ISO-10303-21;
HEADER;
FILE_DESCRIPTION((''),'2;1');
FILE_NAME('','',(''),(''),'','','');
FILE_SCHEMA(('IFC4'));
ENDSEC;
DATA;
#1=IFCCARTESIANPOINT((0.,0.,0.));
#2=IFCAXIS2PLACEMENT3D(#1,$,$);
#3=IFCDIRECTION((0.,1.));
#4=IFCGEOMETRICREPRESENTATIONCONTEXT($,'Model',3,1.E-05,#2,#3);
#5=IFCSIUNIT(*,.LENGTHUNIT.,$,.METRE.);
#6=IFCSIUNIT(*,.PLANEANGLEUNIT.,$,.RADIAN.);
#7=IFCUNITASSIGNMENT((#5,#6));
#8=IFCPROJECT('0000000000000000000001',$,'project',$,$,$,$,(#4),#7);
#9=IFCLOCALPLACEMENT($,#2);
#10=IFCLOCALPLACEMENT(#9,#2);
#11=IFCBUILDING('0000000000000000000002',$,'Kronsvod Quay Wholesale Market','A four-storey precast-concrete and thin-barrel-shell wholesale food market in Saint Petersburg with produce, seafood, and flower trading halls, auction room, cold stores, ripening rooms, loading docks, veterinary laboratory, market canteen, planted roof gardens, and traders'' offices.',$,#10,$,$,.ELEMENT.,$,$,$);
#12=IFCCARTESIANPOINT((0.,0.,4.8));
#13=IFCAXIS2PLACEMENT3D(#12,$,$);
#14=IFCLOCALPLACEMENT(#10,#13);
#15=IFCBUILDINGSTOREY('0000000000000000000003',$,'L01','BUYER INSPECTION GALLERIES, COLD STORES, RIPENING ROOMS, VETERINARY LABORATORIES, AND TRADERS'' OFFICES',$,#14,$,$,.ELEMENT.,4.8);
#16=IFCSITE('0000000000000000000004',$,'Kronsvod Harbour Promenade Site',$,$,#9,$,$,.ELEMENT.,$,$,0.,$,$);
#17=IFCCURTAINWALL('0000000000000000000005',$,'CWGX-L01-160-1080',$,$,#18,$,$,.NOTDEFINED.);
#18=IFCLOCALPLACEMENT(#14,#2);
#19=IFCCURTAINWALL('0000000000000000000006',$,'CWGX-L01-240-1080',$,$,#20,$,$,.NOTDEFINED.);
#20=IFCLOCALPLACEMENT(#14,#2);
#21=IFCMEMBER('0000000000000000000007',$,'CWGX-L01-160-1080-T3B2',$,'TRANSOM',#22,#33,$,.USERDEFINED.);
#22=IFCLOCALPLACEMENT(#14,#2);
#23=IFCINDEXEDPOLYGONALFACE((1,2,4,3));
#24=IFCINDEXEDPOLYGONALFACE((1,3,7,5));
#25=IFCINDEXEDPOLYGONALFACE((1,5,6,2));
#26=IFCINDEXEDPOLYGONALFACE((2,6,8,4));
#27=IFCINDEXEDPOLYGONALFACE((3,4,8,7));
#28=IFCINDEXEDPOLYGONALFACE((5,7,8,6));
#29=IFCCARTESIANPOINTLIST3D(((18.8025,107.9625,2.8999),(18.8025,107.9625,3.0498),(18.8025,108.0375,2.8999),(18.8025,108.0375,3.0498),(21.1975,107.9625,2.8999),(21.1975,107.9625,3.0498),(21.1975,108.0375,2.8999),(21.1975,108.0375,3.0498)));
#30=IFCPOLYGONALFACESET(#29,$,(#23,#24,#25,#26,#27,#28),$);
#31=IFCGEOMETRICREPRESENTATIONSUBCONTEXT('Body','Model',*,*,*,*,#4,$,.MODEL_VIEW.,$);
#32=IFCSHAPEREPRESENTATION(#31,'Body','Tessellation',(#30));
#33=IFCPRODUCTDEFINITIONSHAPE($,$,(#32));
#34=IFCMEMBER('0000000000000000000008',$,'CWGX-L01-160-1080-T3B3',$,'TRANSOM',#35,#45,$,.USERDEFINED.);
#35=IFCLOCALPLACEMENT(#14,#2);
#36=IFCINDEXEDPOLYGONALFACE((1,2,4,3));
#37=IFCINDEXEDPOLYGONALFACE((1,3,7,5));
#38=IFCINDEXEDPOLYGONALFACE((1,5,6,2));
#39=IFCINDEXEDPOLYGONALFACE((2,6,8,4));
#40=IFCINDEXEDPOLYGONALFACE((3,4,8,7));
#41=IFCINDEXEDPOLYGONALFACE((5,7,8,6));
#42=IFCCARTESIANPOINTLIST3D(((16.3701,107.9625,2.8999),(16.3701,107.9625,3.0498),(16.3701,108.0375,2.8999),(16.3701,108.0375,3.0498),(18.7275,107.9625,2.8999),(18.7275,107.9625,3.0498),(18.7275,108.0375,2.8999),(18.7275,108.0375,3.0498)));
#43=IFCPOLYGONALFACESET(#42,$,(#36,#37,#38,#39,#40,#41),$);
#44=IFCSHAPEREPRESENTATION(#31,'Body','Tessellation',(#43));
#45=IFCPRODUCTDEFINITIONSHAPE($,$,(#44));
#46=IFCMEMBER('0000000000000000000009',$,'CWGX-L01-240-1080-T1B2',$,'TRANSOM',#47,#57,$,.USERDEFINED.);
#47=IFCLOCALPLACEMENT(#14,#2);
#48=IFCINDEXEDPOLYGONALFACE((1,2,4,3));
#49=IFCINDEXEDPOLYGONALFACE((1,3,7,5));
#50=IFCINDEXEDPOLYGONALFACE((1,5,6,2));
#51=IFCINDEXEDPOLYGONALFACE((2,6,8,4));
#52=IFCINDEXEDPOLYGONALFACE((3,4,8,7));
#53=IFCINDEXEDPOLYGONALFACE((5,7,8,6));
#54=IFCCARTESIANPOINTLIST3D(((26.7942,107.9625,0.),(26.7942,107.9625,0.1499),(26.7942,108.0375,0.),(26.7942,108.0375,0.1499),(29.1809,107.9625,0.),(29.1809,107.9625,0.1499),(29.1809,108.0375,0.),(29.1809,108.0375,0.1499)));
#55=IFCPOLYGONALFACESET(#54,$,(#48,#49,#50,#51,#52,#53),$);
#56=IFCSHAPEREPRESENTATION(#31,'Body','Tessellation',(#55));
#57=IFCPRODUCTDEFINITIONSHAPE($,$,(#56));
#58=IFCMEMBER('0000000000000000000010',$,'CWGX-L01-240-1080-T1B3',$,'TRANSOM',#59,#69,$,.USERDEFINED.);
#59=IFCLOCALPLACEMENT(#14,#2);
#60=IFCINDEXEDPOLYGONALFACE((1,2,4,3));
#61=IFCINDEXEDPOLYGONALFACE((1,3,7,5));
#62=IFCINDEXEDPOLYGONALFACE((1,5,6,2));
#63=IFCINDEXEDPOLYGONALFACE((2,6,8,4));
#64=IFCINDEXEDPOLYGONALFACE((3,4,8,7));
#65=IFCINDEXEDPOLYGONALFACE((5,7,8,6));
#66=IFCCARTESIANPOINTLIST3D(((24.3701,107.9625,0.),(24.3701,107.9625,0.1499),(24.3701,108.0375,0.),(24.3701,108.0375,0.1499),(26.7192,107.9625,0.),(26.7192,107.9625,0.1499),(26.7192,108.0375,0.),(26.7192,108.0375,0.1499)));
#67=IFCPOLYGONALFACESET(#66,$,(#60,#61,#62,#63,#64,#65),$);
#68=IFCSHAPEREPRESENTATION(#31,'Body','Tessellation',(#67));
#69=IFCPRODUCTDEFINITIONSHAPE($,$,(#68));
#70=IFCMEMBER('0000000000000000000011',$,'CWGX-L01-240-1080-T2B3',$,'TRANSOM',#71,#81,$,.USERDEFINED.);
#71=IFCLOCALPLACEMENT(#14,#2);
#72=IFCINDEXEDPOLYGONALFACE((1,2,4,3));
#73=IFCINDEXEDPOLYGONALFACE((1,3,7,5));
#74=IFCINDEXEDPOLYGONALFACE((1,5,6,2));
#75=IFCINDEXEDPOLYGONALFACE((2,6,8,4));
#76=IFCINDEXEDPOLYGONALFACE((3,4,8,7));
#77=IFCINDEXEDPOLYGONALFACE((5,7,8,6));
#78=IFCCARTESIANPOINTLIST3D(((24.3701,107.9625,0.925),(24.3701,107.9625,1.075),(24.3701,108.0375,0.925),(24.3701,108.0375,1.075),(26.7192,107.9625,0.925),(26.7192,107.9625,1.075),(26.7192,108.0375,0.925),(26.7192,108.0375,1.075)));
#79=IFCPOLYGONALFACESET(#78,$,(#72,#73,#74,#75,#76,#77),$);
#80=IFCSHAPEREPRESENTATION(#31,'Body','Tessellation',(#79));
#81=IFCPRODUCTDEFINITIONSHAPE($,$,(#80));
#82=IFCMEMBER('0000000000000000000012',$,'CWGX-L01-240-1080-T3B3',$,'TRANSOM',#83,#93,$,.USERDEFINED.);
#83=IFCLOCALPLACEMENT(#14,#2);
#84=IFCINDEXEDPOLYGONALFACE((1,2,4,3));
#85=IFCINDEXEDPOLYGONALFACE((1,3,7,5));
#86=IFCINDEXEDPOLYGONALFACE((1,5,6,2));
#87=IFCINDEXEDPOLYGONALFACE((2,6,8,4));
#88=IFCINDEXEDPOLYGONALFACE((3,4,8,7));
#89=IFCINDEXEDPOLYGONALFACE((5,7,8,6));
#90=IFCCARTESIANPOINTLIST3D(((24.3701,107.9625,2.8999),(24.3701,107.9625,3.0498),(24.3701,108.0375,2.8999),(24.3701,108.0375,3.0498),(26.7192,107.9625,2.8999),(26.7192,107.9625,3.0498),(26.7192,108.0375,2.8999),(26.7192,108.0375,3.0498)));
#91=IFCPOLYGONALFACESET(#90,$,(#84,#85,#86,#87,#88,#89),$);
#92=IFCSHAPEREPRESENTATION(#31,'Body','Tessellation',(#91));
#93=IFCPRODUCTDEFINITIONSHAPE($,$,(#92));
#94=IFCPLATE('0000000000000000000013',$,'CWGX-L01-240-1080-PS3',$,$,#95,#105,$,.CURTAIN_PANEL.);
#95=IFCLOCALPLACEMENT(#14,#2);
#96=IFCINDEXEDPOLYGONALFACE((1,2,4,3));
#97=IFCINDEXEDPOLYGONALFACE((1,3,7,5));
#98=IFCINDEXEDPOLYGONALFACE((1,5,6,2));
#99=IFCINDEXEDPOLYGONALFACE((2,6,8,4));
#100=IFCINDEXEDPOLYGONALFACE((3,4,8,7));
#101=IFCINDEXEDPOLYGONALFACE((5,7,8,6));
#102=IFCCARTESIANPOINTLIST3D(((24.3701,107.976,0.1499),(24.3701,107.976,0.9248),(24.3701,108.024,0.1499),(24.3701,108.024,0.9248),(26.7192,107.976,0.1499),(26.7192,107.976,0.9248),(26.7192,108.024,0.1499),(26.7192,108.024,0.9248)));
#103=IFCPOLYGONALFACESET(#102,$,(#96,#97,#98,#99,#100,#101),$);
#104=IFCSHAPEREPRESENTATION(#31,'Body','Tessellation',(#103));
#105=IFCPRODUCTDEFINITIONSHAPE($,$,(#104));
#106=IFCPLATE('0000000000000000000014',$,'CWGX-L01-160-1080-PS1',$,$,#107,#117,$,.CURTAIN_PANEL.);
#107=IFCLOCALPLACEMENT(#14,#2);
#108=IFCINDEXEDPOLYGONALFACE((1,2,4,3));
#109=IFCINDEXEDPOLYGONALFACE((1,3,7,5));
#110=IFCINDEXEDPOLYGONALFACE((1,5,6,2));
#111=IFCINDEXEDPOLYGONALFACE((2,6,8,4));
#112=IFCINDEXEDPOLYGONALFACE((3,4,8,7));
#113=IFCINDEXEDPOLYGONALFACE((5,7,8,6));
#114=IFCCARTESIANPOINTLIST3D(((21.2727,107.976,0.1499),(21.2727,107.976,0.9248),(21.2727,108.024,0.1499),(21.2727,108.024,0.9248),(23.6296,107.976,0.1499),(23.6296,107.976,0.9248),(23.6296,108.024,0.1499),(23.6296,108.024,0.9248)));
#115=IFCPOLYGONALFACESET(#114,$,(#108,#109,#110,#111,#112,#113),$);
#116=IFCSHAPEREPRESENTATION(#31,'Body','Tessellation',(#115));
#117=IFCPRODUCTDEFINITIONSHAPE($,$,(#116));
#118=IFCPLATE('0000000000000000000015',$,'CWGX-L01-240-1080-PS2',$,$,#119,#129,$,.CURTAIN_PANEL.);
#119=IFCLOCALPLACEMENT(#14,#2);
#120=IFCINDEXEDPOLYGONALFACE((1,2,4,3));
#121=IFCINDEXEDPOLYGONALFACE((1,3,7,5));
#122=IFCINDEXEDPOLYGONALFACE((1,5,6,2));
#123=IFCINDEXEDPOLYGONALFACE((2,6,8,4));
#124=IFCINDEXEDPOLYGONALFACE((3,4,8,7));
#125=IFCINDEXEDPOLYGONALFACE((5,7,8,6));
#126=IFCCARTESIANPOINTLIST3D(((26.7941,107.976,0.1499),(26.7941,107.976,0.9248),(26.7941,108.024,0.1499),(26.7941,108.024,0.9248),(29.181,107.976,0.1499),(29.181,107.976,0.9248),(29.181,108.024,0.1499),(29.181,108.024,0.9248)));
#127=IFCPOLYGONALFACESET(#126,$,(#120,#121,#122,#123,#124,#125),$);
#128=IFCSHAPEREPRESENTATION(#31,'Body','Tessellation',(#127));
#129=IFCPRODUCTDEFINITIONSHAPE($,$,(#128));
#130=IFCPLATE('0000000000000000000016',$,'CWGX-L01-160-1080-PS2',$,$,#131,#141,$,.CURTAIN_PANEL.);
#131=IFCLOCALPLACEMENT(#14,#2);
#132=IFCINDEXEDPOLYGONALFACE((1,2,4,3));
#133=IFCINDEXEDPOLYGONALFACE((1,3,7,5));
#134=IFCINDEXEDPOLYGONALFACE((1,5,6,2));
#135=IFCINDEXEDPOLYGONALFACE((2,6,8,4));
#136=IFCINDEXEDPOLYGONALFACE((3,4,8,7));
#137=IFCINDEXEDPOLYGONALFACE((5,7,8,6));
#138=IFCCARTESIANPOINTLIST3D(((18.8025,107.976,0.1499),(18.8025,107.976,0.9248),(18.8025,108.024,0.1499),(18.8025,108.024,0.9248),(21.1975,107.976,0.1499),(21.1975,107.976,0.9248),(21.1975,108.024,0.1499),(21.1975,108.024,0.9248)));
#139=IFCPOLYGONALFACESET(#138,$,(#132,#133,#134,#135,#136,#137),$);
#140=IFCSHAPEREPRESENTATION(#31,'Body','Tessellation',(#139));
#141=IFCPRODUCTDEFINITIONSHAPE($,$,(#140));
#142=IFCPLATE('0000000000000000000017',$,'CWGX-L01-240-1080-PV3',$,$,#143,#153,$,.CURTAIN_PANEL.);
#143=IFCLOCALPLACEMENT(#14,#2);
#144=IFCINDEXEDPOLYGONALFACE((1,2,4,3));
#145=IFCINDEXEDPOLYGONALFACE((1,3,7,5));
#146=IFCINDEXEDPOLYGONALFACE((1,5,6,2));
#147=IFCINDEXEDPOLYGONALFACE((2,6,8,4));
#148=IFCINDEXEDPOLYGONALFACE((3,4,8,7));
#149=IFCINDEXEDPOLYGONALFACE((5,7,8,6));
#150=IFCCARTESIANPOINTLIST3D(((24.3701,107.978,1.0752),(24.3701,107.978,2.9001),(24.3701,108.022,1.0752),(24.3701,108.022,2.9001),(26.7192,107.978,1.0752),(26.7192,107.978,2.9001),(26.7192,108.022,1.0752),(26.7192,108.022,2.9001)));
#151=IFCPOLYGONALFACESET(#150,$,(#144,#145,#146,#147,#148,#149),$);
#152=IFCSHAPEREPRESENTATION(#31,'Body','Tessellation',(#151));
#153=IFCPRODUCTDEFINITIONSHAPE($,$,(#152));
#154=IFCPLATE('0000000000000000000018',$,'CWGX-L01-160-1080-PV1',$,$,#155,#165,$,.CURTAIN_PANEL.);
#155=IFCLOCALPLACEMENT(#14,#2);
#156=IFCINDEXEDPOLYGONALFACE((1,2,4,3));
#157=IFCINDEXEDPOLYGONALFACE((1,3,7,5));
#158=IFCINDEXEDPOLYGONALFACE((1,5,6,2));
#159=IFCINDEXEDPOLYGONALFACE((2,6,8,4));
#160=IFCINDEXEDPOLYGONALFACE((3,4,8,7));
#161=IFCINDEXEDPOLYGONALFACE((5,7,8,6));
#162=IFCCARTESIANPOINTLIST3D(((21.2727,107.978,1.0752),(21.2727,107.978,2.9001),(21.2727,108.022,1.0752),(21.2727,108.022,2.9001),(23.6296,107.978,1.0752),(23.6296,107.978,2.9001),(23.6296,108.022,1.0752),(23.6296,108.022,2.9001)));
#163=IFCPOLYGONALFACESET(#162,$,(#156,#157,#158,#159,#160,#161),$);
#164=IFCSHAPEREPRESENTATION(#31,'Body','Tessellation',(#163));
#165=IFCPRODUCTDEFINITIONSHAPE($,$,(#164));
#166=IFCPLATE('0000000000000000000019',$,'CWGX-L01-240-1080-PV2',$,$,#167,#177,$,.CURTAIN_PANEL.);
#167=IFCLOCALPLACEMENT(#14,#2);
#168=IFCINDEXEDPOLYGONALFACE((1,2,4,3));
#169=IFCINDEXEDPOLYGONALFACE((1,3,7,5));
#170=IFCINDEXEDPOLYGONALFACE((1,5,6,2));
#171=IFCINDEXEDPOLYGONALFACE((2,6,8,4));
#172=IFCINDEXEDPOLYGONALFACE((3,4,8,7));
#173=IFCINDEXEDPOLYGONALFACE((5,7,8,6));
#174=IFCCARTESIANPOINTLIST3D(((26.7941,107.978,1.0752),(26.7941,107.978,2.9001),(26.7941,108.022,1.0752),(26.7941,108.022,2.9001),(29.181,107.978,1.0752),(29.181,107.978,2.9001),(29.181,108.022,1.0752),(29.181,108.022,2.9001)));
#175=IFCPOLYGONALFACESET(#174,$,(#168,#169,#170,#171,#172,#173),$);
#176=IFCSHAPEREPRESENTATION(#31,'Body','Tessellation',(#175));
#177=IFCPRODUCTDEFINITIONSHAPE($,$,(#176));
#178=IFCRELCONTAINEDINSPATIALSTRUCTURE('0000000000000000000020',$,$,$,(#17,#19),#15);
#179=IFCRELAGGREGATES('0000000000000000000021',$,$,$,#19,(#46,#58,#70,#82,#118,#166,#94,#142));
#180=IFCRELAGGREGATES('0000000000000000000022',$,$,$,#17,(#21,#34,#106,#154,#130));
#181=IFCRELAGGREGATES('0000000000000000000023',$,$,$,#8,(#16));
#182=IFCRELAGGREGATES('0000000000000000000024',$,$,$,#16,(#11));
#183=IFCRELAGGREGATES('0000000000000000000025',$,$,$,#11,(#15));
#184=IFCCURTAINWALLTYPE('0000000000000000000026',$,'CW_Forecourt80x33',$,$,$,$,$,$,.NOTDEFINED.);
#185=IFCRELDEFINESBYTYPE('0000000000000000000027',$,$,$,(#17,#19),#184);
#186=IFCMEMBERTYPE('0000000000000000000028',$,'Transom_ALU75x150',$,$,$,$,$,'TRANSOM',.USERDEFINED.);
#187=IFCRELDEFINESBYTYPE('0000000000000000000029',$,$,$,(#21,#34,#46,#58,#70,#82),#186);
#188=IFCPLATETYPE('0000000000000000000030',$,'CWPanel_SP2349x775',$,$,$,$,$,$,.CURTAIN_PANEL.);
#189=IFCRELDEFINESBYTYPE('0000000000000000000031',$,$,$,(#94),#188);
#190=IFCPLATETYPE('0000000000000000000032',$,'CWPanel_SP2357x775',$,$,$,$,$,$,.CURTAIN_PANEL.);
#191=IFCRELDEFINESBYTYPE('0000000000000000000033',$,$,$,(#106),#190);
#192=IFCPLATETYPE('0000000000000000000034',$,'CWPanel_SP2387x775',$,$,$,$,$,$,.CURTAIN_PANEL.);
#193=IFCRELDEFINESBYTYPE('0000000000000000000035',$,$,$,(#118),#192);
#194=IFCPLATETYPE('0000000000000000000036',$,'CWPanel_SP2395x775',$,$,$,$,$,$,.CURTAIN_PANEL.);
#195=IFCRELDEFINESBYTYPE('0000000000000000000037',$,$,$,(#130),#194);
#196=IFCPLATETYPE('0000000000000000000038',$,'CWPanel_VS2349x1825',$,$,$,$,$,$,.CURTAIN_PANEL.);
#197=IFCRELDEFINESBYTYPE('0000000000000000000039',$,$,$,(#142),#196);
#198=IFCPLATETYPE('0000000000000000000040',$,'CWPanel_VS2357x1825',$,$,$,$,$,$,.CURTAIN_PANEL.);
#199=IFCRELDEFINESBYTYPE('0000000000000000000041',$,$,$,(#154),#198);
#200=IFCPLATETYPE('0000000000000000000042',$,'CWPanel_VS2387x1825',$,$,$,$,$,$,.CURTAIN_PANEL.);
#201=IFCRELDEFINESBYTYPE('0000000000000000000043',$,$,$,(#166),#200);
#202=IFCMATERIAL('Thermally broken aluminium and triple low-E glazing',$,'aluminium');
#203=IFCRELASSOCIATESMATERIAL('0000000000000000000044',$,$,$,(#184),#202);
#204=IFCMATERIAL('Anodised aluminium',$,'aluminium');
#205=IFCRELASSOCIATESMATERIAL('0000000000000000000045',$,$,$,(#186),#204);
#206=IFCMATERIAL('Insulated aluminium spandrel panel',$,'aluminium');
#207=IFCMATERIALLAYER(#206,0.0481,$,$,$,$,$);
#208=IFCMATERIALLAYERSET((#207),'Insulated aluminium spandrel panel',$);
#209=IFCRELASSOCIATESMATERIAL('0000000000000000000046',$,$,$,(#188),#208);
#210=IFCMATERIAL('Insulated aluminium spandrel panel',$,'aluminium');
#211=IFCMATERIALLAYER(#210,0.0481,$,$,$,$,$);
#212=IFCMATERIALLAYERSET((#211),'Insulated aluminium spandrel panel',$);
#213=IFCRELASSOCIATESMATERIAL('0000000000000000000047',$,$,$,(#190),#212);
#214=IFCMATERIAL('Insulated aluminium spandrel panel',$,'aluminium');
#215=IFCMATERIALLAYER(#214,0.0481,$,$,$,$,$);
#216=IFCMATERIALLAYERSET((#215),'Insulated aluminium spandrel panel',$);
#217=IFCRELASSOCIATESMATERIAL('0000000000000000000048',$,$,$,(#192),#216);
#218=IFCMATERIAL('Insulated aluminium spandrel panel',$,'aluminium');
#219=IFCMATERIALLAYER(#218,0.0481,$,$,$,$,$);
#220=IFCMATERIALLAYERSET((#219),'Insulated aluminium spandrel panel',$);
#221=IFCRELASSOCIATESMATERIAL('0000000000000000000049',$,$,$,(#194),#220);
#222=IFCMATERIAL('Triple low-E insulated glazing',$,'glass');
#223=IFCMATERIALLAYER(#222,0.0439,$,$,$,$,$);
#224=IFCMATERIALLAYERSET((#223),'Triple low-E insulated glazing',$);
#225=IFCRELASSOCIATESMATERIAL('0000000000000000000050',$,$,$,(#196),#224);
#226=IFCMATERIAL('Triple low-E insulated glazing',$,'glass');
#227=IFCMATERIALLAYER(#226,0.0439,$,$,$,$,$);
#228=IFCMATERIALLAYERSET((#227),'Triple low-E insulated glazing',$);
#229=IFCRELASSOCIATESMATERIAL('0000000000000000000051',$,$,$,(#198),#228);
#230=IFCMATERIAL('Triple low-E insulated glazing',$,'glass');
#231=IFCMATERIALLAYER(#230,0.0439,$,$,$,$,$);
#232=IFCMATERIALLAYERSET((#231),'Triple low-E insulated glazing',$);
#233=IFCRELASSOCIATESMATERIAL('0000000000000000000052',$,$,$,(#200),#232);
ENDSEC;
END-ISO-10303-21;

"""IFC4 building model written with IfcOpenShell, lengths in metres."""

from ifc_helpers import new_model, si_unit, direction, frame, origin, origin_2d, place, context, subcontext, project, spatial, rectangle, extrude, material, layer, layer_set, material_profile, profile_set, type_object, element, aggregate, save


model = new_model("IFC4")

# Units and contexts
model_context = context("Model", 3, precision=1e-05, world=origin(), true_north=direction((0.0, 1.0)))
body_context = subcontext(model_context, "Body", "Model", "MODEL_VIEW")
ifc_project = project(units=[si_unit("LENGTHUNIT", "METRE"), si_unit("PLANEANGLEUNIT", "RADIAN")], contexts=[model_context])

# Site, building, storey
site_placement = place(None, origin())
site = spatial("IfcSite", under=ifc_project, at=site_placement, Name="Kronsvod Harbour Promenade Site", CompositionType="ELEMENT", RefElevation=0.0)
building_placement = place(site_placement, origin())
building = spatial("IfcBuilding", under=site, at=building_placement, Name="Kronsvod Quay Wholesale Market", Description="A four-storey precast-concrete and thin-barrel-shell wholesale food market in Saint Petersburg with produce, seafood, and flower trading halls, auction room, cold stores, ripening rooms, loading docks, veterinary laboratory, market canteen, planted roof gardens, and traders' offices.", CompositionType="ELEMENT")
storey_placement = place(building_placement, frame((0.0, 0.0, 4.8)))
storey = spatial("IfcBuildingStorey", under=building, at=storey_placement, Name="L01", Description="BUYER INSPECTION GALLERIES, COLD STORES, RIPENING ROOMS, VETERINARY LABORATORIES, AND TRADERS' OFFICES", CompositionType="ELEMENT", Elevation=4.8)

# Curtain walls
ifc_material_1 = material(Name="Thermally broken aluminium and triple low-E glazing", Category="aluminium")
curtain_wall_type = type_object("IfcCurtainWallType", Name="CW_Forecourt80x33", PredefinedType="NOTDEFINED", material=ifc_material_1)
curtain_wall_1_placement = place(storey_placement, origin())
curtain_wall_1 = element("IfcCurtainWall", 1, at=curtain_wall_1_placement, inside=storey, type_object=curtain_wall_type, Name="CWGX-L01-160-1080", PredefinedType="NOTDEFINED")
curtain_wall_2_placement = place(storey_placement, origin())
curtain_wall_2 = element("IfcCurtainWall", 2, at=curtain_wall_2_placement, inside=storey, type_object=curtain_wall_type, Name="CWGX-L01-240-1080", PredefinedType="NOTDEFINED")

# Members
ifc_material_2 = material(Name="Anodised aluminium", Category="aluminium")
ifc_material_profile_1 = material_profile(ifc_material_2, rectangle(XDim=0.075, YDim=0.1499, at=origin_2d()), Name="ALUT75x150")
ifc_profile_set_1 = profile_set([ifc_material_profile_1], Name="Anodised aluminium")
member_type_1 = type_object("IfcMemberType", Name="Transom_ALU75x150", ElementType="TRANSOM", PredefinedType="USERDEFINED", material=ifc_profile_set_1)
member_1_placement = place(storey_placement, frame((21.1975, 108.0, 2.9749), z_axis=(-1.0, 0.0, 0.0), x_axis=(0.0, -1.0, 0.0)))
member_1 = element("IfcMember", 3, at=member_1_placement, type_object=member_type_1, Name="CWGX-L01-160-1080-T3B2", ObjectType="TRANSOM", PredefinedType="USERDEFINED", context=body_context, shape_type="SweptSolid", body=[
    extrude(rectangle(XDim=0.075, YDim=0.1499, at=origin_2d()), origin(), (0.0, 0.0, 1.0), 2.395),
])
member_2_placement = place(storey_placement, frame((18.7275, 108.0, 2.9749), z_axis=(-1.0, 0.0, 0.0), x_axis=(0.0, -1.0, 0.0)))
member_2 = element("IfcMember", 4, at=member_2_placement, type_object=member_type_1, Name="CWGX-L01-160-1080-T3B3", ObjectType="TRANSOM", PredefinedType="USERDEFINED", context=body_context, shape_type="SweptSolid", body=[
    extrude(rectangle(XDim=0.075, YDim=0.1499, at=origin_2d()), origin(), (0.0, 0.0, 1.0), 2.3574),
])
member_3_placement = place(storey_placement, frame((29.1809, 108.0, 0.075), z_axis=(-1.0, 0.0, 0.0), x_axis=(0.0, -1.0, 0.0)))
member_3 = element("IfcMember", 5, at=member_3_placement, type_object=member_type_1, Name="CWGX-L01-240-1080-T1B2", ObjectType="TRANSOM", PredefinedType="USERDEFINED", context=body_context, shape_type="SweptSolid", body=[
    extrude(rectangle(XDim=0.075, YDim=0.1499, at=origin_2d()), origin(), (0.0, 0.0, 1.0), 2.3867),
])
member_4_placement = place(storey_placement, frame((26.7192, 108.0, 0.075), z_axis=(-1.0, 0.0, 0.0), x_axis=(0.0, -1.0, 0.0)))
member_4 = element("IfcMember", 6, at=member_4_placement, type_object=member_type_1, Name="CWGX-L01-240-1080-T1B3", ObjectType="TRANSOM", PredefinedType="USERDEFINED", context=body_context, shape_type="SweptSolid", body=[
    extrude(rectangle(XDim=0.075, YDim=0.1499, at=origin_2d()), origin(), (0.0, 0.0, 1.0), 2.3491),
])
member_5_placement = place(storey_placement, frame((26.7192, 108.0, 1.0), z_axis=(-1.0, 0.0, 0.0), x_axis=(0.0, -1.0, 0.0)))
member_5 = element("IfcMember", 7, at=member_5_placement, type_object=member_type_1, Name="CWGX-L01-240-1080-T2B3", ObjectType="TRANSOM", PredefinedType="USERDEFINED", context=body_context, shape_type="SweptSolid", body=[
    extrude(rectangle(XDim=0.075, YDim=0.1499, at=origin_2d()), origin(), (0.0, 0.0, 1.0), 2.3491),
])
member_6_placement = place(storey_placement, frame((26.7192, 108.0, 2.9749), z_axis=(-1.0, 0.0, 0.0), x_axis=(0.0, -1.0, 0.0)))
member_6 = element("IfcMember", 8, at=member_6_placement, type_object=member_type_1, Name="CWGX-L01-240-1080-T3B3", ObjectType="TRANSOM", PredefinedType="USERDEFINED", context=body_context, shape_type="SweptSolid", body=[
    extrude(rectangle(XDim=0.075, YDim=0.1499, at=origin_2d()), origin(), (0.0, 0.0, 1.0), 2.3491),
])

# Plates
ifc_material_3 = material(Name="Insulated aluminium spandrel panel", Category="aluminium")
ifc_layer_1 = layer(ifc_material_3, 0.0481)
ifc_layer_set_1 = layer_set([ifc_layer_1], Name="Insulated aluminium spandrel panel")
plate_type_1 = type_object("IfcPlateType", Name="CWPanel_SP2349x775", PredefinedType="CURTAIN_PANEL", material=ifc_layer_set_1)
plate_1_placement = place(storey_placement, frame((25.5447, 108.0, 0.1499), z_axis=(0.0, 0.0, 1.0), x_axis=(-1.0, 0.0, 0.0)))
plate_1 = element("IfcPlate", 9, at=plate_1_placement, type_object=plate_type_1, Name="CWGX-L01-240-1080-PS3", PredefinedType="CURTAIN_PANEL", context=body_context, shape_type="SweptSolid", body=[
    extrude(rectangle(XDim=2.3491, YDim=0.0481, at=origin_2d()), origin(), (0.0, 0.0, 1.0), 0.7749),
])
ifc_material_4 = material(Name="Insulated aluminium spandrel panel", Category="aluminium")
ifc_layer_2 = layer(ifc_material_4, 0.0481)
ifc_layer_set_2 = layer_set([ifc_layer_2], Name="Insulated aluminium spandrel panel")
plate_type_2 = type_object("IfcPlateType", Name="CWPanel_SP2357x775", PredefinedType="CURTAIN_PANEL", material=ifc_layer_set_2)
plate_2_placement = place(storey_placement, frame((22.4512, 108.0, 0.1499), z_axis=(0.0, 0.0, 1.0), x_axis=(-1.0, 0.0, 0.0)))
plate_2 = element("IfcPlate", 10, at=plate_2_placement, type_object=plate_type_2, Name="CWGX-L01-160-1080-PS1", PredefinedType="CURTAIN_PANEL", context=body_context, shape_type="SweptSolid", body=[
    extrude(rectangle(XDim=2.3569, YDim=0.0481, at=origin_2d()), origin(), (0.0, 0.0, 1.0), 0.7749),
])
ifc_material_5 = material(Name="Insulated aluminium spandrel panel", Category="aluminium")
ifc_layer_3 = layer(ifc_material_5, 0.0481)
ifc_layer_set_3 = layer_set([ifc_layer_3], Name="Insulated aluminium spandrel panel")
plate_type_3 = type_object("IfcPlateType", Name="CWPanel_SP2387x775", PredefinedType="CURTAIN_PANEL", material=ifc_layer_set_3)
plate_3_placement = place(storey_placement, frame((27.9875, 108.0, 0.1499), z_axis=(0.0, 0.0, 1.0), x_axis=(-1.0, 0.0, 0.0)))
plate_3 = element("IfcPlate", 11, at=plate_3_placement, type_object=plate_type_3, Name="CWGX-L01-240-1080-PS2", PredefinedType="CURTAIN_PANEL", context=body_context, shape_type="SweptSolid", body=[
    extrude(rectangle(XDim=2.387, YDim=0.0481, at=origin_2d()), origin(), (0.0, 0.0, 1.0), 0.7749),
])
ifc_material_6 = material(Name="Insulated aluminium spandrel panel", Category="aluminium")
ifc_layer_4 = layer(ifc_material_6, 0.0481)
ifc_layer_set_4 = layer_set([ifc_layer_4], Name="Insulated aluminium spandrel panel")
plate_type_4 = type_object("IfcPlateType", Name="CWPanel_SP2395x775", PredefinedType="CURTAIN_PANEL", material=ifc_layer_set_4)
plate_4_placement = place(storey_placement, frame((20.0, 108.0, 0.1499), z_axis=(0.0, 0.0, 1.0), x_axis=(-1.0, 0.0, 0.0)))
plate_4 = element("IfcPlate", 12, at=plate_4_placement, type_object=plate_type_4, Name="CWGX-L01-160-1080-PS2", PredefinedType="CURTAIN_PANEL", context=body_context, shape_type="SweptSolid", body=[
    extrude(rectangle(XDim=2.395, YDim=0.0481, at=origin_2d()), origin(), (0.0, 0.0, 1.0), 0.7749),
])
ifc_material_7 = material(Name="Triple low-E insulated glazing", Category="glass")
ifc_layer_5 = layer(ifc_material_7, 0.0439)
ifc_layer_set_5 = layer_set([ifc_layer_5], Name="Triple low-E insulated glazing")
plate_type_5 = type_object("IfcPlateType", Name="CWPanel_VS2349x1825", PredefinedType="CURTAIN_PANEL", material=ifc_layer_set_5)
plate_5_placement = place(storey_placement, frame((25.5447, 108.0, 1.0752), z_axis=(0.0, 0.0, 1.0), x_axis=(-1.0, 0.0, 0.0)))
plate_5 = element("IfcPlate", 13, at=plate_5_placement, type_object=plate_type_5, Name="CWGX-L01-240-1080-PV3", PredefinedType="CURTAIN_PANEL", context=body_context, shape_type="SweptSolid", body=[
    extrude(rectangle(XDim=2.3491, YDim=0.0439, at=origin_2d()), origin(), (0.0, 0.0, 1.0), 1.825),
])
ifc_material_8 = material(Name="Triple low-E insulated glazing", Category="glass")
ifc_layer_6 = layer(ifc_material_8, 0.0439)
ifc_layer_set_6 = layer_set([ifc_layer_6], Name="Triple low-E insulated glazing")
plate_type_6 = type_object("IfcPlateType", Name="CWPanel_VS2357x1825", PredefinedType="CURTAIN_PANEL", material=ifc_layer_set_6)
plate_6_placement = place(storey_placement, frame((22.4512, 108.0, 1.0752), z_axis=(0.0, 0.0, 1.0), x_axis=(-1.0, 0.0, 0.0)))
plate_6 = element("IfcPlate", 14, at=plate_6_placement, type_object=plate_type_6, Name="CWGX-L01-160-1080-PV1", PredefinedType="CURTAIN_PANEL", context=body_context, shape_type="SweptSolid", body=[
    extrude(rectangle(XDim=2.3569, YDim=0.0439, at=origin_2d()), origin(), (0.0, 0.0, 1.0), 1.825),
])
ifc_material_9 = material(Name="Triple low-E insulated glazing", Category="glass")
ifc_layer_7 = layer(ifc_material_9, 0.0439)
ifc_layer_set_7 = layer_set([ifc_layer_7], Name="Triple low-E insulated glazing")
plate_type_7 = type_object("IfcPlateType", Name="CWPanel_VS2387x1825", PredefinedType="CURTAIN_PANEL", material=ifc_layer_set_7)
plate_7_placement = place(storey_placement, frame((27.9875, 108.0, 1.0752), z_axis=(0.0, 0.0, 1.0), x_axis=(-1.0, 0.0, 0.0)))
plate_7 = element("IfcPlate", 15, at=plate_7_placement, type_object=plate_type_7, Name="CWGX-L01-240-1080-PV2", PredefinedType="CURTAIN_PANEL", context=body_context, shape_type="SweptSolid", body=[
    extrude(rectangle(XDim=2.387, YDim=0.0439, at=origin_2d()), origin(), (0.0, 0.0, 1.0), 1.825),
])
aggregate(curtain_wall_2, [member_3, member_4, member_5, member_6, plate_3, plate_7, plate_1, plate_5])
aggregate(curtain_wall_1, [member_1, member_2, plate_2, plate_6, plate_4])

save(model, "model.ifc")
